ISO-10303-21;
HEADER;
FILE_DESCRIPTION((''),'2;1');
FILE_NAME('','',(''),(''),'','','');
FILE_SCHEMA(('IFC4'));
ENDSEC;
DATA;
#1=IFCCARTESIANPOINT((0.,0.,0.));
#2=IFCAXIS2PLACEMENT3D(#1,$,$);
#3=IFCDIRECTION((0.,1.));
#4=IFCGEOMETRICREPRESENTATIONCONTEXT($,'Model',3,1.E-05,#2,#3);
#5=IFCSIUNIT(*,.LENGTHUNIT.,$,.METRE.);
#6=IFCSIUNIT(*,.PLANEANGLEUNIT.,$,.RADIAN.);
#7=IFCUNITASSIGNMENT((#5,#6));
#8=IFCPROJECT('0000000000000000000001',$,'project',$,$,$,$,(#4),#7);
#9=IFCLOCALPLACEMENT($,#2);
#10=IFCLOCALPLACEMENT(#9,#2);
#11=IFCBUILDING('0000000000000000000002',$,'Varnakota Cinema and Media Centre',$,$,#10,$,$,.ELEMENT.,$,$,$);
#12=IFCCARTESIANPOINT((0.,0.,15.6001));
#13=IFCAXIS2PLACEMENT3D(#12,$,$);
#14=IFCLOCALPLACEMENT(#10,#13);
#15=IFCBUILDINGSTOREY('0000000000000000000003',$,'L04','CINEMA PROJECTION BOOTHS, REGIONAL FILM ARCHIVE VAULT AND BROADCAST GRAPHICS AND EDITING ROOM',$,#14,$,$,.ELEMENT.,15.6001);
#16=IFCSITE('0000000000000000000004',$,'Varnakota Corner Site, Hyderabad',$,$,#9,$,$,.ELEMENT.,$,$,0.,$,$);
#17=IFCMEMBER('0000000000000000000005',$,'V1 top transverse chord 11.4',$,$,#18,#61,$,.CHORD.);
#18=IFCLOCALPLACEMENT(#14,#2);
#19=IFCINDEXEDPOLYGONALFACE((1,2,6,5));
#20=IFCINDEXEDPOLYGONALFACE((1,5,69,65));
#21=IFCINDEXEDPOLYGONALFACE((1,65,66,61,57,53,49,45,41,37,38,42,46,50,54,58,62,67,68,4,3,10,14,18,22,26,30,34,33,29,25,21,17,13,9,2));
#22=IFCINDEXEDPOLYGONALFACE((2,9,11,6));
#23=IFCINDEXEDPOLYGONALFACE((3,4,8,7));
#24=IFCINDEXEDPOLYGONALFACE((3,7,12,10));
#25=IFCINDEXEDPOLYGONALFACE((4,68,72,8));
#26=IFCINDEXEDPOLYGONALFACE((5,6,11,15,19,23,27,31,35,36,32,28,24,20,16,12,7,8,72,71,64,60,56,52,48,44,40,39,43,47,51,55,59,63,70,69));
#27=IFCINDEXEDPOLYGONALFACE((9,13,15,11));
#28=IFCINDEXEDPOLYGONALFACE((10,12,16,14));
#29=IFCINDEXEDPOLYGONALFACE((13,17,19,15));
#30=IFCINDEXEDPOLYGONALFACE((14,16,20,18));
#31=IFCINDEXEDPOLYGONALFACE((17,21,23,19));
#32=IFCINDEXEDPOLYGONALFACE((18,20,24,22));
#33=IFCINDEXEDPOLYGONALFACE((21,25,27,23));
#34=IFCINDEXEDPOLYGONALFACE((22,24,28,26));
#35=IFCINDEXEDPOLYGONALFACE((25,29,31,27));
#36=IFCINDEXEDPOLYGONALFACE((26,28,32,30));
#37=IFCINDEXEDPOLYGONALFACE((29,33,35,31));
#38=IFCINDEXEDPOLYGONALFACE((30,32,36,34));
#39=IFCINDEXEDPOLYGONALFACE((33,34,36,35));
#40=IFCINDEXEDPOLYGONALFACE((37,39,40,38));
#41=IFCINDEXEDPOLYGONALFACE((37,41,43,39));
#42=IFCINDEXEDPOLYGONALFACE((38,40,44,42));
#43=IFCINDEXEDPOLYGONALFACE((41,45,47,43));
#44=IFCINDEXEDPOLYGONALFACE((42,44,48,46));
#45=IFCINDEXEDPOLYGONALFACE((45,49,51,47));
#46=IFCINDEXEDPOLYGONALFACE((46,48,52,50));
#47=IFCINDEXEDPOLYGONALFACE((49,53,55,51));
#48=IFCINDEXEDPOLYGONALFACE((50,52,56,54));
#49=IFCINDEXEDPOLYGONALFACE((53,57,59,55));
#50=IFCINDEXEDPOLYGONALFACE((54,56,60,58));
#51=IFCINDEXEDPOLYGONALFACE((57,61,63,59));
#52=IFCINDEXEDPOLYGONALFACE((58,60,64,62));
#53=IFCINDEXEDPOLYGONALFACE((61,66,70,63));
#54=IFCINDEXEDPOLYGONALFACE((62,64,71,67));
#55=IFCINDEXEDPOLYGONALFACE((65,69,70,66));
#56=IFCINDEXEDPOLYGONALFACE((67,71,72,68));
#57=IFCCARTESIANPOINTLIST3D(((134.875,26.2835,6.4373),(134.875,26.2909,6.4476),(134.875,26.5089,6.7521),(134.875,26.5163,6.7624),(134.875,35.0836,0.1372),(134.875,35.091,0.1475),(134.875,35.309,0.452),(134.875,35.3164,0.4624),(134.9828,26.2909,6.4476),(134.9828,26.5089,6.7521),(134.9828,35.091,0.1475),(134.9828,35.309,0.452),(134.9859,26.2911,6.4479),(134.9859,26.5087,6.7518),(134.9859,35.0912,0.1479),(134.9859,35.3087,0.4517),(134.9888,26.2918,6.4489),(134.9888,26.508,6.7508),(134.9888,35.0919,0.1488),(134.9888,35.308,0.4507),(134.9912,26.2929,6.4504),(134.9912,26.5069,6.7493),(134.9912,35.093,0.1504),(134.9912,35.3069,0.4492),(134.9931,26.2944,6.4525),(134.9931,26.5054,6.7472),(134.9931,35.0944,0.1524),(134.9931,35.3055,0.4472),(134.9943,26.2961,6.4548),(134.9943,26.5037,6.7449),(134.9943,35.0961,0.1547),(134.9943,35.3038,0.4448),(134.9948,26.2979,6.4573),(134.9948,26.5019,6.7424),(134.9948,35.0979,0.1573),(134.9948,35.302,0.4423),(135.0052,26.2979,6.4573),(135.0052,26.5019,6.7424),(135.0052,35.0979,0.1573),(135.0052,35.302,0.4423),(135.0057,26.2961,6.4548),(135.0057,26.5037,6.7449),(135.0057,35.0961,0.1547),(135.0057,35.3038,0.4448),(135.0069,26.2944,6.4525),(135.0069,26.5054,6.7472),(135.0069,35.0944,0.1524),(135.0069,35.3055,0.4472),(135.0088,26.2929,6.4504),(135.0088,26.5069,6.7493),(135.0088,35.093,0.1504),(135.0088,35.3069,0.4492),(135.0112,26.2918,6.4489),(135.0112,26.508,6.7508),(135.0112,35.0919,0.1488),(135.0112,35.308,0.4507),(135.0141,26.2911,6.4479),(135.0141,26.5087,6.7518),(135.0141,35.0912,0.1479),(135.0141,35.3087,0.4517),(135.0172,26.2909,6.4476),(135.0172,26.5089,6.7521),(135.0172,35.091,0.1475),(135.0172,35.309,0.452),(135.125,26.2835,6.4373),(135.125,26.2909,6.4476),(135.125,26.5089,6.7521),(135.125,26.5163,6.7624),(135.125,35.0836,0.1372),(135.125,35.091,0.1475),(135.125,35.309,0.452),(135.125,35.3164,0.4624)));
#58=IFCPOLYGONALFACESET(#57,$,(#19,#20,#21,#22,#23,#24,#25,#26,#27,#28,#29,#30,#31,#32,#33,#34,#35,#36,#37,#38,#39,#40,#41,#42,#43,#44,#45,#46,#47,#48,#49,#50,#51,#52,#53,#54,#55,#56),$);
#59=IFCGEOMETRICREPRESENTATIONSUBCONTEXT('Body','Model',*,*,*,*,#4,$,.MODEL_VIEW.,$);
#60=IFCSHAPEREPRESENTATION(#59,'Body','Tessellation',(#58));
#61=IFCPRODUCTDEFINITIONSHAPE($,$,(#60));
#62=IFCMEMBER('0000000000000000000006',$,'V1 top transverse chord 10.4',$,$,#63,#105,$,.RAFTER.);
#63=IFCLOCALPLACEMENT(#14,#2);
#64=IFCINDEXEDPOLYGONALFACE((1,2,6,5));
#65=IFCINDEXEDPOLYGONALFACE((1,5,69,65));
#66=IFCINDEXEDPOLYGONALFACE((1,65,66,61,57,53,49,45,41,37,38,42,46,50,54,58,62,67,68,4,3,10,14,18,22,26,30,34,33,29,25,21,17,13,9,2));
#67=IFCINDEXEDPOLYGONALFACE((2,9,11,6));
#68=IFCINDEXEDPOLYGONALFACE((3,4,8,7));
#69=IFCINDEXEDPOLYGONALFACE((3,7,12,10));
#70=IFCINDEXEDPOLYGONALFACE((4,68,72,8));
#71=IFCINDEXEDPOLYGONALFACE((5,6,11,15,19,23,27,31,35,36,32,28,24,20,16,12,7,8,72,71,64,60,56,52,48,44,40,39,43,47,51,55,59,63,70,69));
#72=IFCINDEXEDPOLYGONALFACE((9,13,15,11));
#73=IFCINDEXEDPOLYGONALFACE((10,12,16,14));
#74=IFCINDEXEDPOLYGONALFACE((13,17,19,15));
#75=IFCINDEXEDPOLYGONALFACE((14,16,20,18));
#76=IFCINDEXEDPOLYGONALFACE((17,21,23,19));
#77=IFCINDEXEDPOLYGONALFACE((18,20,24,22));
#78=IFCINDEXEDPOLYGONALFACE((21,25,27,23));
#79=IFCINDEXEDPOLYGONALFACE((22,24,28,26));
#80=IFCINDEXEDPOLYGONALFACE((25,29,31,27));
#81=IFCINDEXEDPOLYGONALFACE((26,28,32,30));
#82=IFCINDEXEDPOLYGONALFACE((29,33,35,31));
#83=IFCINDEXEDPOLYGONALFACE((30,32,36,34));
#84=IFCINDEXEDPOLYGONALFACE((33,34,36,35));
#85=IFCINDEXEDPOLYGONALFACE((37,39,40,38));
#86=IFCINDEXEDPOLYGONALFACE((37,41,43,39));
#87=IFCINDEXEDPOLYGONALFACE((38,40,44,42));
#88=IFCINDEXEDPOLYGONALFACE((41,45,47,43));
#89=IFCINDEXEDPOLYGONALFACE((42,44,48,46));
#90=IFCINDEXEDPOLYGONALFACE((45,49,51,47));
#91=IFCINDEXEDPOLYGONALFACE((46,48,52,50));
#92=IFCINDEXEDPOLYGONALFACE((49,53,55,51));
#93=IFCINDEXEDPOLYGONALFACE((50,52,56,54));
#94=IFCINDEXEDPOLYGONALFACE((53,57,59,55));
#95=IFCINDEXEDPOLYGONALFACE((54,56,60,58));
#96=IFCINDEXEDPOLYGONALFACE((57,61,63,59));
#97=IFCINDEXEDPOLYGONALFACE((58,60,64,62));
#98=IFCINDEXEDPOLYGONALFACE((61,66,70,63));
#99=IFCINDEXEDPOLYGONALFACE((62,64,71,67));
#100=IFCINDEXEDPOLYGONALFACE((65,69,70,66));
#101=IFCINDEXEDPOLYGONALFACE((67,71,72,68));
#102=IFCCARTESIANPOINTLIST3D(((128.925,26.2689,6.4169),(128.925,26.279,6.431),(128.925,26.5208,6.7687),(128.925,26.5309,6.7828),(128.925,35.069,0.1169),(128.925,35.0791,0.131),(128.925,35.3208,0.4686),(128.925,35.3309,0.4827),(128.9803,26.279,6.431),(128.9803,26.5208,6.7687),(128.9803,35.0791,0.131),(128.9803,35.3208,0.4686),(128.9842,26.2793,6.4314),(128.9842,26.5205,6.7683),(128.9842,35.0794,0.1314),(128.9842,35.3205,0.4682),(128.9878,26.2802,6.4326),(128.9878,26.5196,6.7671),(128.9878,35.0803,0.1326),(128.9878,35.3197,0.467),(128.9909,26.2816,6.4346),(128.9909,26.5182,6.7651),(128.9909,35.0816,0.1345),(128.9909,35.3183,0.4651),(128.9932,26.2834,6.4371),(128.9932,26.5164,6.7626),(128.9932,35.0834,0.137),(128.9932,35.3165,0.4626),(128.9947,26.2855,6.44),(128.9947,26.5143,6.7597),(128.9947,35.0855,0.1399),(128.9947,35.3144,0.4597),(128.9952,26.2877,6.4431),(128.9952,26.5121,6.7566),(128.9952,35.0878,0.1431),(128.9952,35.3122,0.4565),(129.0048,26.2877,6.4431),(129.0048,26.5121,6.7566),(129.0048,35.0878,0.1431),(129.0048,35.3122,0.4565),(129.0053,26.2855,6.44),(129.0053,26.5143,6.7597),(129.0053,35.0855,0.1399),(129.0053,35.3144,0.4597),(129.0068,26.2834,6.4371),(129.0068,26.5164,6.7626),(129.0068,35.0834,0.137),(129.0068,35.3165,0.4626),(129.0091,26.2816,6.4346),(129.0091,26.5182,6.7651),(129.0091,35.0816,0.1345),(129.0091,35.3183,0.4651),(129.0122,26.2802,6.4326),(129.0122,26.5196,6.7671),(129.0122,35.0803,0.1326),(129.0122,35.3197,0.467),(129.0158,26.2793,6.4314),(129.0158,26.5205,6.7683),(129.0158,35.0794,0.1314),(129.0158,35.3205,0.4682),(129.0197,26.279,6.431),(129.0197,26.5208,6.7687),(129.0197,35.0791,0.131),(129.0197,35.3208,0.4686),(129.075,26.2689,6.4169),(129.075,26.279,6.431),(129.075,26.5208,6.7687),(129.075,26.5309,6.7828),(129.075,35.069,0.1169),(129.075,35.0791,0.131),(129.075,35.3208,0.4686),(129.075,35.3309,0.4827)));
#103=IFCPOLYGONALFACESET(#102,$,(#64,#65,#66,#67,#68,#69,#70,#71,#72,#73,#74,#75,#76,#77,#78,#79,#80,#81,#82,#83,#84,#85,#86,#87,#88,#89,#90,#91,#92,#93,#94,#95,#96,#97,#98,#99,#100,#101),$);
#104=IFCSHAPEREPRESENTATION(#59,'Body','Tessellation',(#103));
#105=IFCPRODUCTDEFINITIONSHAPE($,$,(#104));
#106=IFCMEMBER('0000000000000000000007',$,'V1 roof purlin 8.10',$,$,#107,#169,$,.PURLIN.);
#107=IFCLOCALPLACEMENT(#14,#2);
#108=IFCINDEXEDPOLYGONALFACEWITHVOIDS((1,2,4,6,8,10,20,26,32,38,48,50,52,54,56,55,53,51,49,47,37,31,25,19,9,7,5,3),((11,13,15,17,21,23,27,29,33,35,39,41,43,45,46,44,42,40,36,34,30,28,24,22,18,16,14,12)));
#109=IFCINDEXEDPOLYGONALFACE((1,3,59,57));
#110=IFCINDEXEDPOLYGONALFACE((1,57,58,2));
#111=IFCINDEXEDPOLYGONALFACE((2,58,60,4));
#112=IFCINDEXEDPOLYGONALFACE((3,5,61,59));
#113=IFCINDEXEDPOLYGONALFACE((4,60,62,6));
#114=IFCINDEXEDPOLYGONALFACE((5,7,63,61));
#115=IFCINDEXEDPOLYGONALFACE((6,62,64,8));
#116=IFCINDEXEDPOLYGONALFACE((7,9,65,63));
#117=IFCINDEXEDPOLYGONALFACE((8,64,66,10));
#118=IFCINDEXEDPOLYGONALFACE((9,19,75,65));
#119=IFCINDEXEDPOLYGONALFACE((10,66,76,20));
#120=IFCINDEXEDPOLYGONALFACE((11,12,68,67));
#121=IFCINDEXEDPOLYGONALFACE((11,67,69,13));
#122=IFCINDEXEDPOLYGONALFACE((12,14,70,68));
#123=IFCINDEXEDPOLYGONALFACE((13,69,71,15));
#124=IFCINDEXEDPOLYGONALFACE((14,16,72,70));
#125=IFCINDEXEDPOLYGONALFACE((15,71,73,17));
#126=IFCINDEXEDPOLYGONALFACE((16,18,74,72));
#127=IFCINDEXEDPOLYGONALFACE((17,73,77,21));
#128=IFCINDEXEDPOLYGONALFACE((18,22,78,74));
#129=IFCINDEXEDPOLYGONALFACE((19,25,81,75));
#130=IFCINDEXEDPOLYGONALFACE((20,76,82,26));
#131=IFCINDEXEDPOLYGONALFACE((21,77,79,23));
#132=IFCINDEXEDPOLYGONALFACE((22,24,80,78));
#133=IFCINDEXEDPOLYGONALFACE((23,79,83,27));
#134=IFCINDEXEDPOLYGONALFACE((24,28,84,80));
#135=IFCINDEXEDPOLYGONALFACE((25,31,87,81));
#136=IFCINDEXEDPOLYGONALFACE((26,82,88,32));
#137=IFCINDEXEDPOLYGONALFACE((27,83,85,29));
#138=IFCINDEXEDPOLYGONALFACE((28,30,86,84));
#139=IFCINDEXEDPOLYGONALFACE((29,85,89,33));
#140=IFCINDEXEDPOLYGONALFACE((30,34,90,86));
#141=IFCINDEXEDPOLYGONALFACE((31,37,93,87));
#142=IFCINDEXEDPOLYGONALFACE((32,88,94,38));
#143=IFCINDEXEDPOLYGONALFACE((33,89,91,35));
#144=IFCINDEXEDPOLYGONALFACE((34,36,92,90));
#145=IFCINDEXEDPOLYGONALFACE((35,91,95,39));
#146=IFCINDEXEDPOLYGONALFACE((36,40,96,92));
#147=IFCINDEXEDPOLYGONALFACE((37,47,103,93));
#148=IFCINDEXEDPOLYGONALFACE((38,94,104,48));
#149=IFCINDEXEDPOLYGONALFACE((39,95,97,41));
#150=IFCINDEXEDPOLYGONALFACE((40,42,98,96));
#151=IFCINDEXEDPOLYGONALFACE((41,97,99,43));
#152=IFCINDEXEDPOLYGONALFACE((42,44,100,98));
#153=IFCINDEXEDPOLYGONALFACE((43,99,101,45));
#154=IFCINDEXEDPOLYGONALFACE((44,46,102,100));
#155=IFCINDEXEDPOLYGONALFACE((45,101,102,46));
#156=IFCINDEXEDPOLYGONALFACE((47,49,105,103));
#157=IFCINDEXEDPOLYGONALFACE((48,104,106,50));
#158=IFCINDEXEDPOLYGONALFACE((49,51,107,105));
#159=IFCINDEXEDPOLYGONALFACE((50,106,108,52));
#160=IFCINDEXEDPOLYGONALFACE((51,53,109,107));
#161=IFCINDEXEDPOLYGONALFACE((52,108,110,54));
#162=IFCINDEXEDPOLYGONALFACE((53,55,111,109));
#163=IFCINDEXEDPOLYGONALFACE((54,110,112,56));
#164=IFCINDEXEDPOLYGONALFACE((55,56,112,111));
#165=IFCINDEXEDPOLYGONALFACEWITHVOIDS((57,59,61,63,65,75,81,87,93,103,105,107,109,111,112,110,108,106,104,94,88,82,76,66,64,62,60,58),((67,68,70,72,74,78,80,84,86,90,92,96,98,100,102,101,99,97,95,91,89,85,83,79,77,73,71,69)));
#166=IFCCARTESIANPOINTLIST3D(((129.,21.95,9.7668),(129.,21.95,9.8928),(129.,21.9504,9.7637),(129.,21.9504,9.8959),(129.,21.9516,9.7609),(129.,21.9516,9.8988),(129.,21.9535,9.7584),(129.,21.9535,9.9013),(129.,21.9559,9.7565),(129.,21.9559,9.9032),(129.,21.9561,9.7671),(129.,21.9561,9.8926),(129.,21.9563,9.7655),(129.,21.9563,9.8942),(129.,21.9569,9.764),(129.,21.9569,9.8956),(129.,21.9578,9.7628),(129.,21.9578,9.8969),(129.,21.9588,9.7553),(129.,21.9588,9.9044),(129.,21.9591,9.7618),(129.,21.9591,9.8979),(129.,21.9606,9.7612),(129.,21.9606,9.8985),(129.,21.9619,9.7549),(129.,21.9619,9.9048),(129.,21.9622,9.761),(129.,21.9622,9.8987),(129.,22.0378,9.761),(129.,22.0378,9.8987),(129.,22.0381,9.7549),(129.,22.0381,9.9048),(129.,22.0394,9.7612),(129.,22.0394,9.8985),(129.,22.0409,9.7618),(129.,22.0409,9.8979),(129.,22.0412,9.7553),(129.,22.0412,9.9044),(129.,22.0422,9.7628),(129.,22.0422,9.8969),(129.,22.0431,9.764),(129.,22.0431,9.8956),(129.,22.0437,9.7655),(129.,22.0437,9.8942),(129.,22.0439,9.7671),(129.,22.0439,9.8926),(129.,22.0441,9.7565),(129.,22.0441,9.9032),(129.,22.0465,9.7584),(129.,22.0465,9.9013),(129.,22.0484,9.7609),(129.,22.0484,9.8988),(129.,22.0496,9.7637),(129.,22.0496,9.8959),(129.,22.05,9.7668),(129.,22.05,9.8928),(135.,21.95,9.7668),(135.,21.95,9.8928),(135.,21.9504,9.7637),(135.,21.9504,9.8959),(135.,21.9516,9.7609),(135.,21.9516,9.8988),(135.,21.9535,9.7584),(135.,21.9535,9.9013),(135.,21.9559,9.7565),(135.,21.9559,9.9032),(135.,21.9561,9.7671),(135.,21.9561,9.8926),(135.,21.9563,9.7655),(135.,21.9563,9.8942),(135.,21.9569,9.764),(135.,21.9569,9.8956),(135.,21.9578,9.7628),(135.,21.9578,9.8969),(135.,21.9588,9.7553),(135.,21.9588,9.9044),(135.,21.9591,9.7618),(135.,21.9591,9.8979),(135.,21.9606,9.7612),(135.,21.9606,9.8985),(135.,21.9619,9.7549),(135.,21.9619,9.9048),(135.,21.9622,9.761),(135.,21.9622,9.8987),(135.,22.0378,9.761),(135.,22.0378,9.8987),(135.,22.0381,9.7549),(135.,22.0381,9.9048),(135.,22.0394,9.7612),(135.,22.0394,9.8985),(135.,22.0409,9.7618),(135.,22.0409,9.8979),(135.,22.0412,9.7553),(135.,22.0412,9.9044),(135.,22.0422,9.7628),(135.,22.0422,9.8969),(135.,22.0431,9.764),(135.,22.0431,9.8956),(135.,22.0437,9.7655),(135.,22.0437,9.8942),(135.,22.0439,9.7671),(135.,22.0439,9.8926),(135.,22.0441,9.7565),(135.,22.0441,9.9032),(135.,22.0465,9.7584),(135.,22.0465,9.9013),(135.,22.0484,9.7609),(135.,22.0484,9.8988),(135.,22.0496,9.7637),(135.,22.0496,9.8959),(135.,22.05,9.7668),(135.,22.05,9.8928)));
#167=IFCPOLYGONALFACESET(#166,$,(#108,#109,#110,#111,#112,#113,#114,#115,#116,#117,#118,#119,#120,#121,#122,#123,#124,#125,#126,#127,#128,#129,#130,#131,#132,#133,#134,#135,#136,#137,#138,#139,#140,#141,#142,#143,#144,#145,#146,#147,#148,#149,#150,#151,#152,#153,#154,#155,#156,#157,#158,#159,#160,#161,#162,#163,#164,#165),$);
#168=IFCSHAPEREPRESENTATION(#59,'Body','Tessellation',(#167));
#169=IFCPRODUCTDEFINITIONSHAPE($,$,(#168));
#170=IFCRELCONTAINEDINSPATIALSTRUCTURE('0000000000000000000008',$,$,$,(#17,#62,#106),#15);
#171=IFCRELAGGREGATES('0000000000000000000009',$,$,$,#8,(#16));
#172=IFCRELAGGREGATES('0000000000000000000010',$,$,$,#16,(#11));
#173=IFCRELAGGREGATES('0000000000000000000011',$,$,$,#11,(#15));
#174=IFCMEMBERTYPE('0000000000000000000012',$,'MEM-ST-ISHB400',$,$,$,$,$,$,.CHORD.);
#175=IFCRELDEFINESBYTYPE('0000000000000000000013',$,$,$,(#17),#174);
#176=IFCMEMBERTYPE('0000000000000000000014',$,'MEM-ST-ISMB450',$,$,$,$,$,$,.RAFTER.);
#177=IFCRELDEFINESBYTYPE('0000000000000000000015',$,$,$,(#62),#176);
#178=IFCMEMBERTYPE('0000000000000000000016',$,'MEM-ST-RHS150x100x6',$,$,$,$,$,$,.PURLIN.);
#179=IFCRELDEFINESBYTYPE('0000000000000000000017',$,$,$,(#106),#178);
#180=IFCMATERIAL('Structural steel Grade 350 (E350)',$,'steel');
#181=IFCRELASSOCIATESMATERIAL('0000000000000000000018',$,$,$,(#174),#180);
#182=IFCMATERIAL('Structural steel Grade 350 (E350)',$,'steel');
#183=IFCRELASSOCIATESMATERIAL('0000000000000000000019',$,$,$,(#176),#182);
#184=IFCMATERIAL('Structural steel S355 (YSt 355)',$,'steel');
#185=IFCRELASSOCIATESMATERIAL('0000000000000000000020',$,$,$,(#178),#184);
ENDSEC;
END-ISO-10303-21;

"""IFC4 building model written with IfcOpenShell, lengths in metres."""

from ifc_helpers import new_model, si_unit, direction, frame, origin, origin_2d, place, context, subcontext, project, spatial, hollow_rectangle, i_section, extrude, material, material_profile, profile_set, type_object, element, save


model = new_model("IFC4")

# Units and contexts
model_context = context("Model", 3, precision=1e-05, world=origin(), true_north=direction((0.0, 1.0)))
body_context = subcontext(model_context, "Body", "Model", "MODEL_VIEW")
ifc_project = project(units=[si_unit("LENGTHUNIT", "METRE"), si_unit("PLANEANGLEUNIT", "RADIAN")], contexts=[model_context])

# Site, building, storey
site_placement = place(None, origin())
site = spatial("IfcSite", under=ifc_project, at=site_placement, Name="Varnakota Corner Site, Hyderabad", CompositionType="ELEMENT", RefElevation=0.0)
building_placement = place(site_placement, origin())
building = spatial("IfcBuilding", under=site, at=building_placement, Name="Varnakota Cinema and Media Centre", CompositionType="ELEMENT")
storey_placement = place(building_placement, frame((0.0, 0.0, 15.6001)))
storey = spatial("IfcBuildingStorey", under=building, at=storey_placement, Name="L04", Description="CINEMA PROJECTION BOOTHS, REGIONAL FILM ARCHIVE VAULT AND BROADCAST GRAPHICS AND EDITING ROOM", CompositionType="ELEMENT", Elevation=15.6001)

# Members
ifc_material_1 = material(Name="Structural steel Grade 350 (E350)", Category="steel")
ifc_material_profile_1 = material_profile(ifc_material_1, i_section(OverallWidth=0.25, OverallDepth=0.3999, WebThickness=0.0105, FlangeThickness=0.0127, FilletRadius=0.012, at=origin_2d()), Name="ISHB 400")
ifc_profile_set_1 = profile_set([ifc_material_profile_1], Name="Structural steel Grade 350 (E350)")
member_type_1 = type_object("IfcMemberType", Name="MEM-ST-ISHB400", PredefinedType="CHORD", material=ifc_profile_set_1)
member_1_placement = place(storey_placement, frame((135.0, 26.3999, 6.5999), z_axis=(0.0, 0.813108, -0.582113), x_axis=(-1.0, 0.0, 0.0)))
element("IfcMember", 1, at=member_1_placement, inside=storey, type_object=member_type_1, Name="V1 top transverse chord 11.4", PredefinedType="CHORD", context=body_context, shape_type="SweptSolid", body=[
    extrude(i_section(OverallWidth=0.25, OverallDepth=0.3999, WebThickness=0.0105, FlangeThickness=0.0127, FilletRadius=0.012, at=origin_2d()), origin(), (0.0, 0.0, 1.0), 10.8228),
])
ifc_material_2 = material(Name="Structural steel Grade 350 (E350)", Category="steel")
ifc_material_profile_2 = material_profile(ifc_material_2, i_section(OverallWidth=0.1499, OverallDepth=0.45, WebThickness=0.0095, FlangeThickness=0.0173, FilletRadius=0.0149, at=origin_2d()), Name="ISMB 450")
ifc_profile_set_2 = profile_set([ifc_material_profile_2], Name="Structural steel Grade 350 (E350)")
member_type_2 = type_object("IfcMemberType", Name="MEM-ST-ISMB450", PredefinedType="RAFTER", material=ifc_profile_set_2)
member_2_placement = place(storey_placement, frame((129.0, 26.3999, 6.5999), z_axis=(0.0, 0.813108, -0.582113), x_axis=(-1.0, 0.0, 0.0)))
element("IfcMember", 2, at=member_2_placement, inside=storey, type_object=member_type_2, Name="V1 top transverse chord 10.4", PredefinedType="RAFTER", context=body_context, shape_type="SweptSolid", body=[
    extrude(i_section(OverallWidth=0.1499, OverallDepth=0.45, WebThickness=0.0095, FlangeThickness=0.0173, FilletRadius=0.0149, at=origin_2d()), origin(), (0.0, 0.0, 1.0), 10.8228),
])
ifc_material_3 = material(Name="Structural steel S355 (YSt 355)", Category="steel")
ifc_material_profile_3 = material_profile(ifc_material_3, hollow_rectangle(XDim=0.1001, YDim=0.1499, WallThickness=0.0061, InnerFilletRadius=0.0061, OuterFilletRadius=0.012, at=origin_2d()), Name="RHS 150x100x6")
ifc_profile_set_3 = profile_set([ifc_material_profile_3], Name="Structural steel S355 (YSt 355)")
member_type_3 = type_object("IfcMemberType", Name="MEM-ST-RHS150x100x6", PredefinedType="PURLIN", material=ifc_profile_set_3)
member_3_placement = place(storey_placement, frame((129.0, 22.0, 9.8298), z_axis=(1.0, 0.0, 0.0), x_axis=(0.0, 1.0, 0.0)))
element("IfcMember", 3, at=member_3_placement, inside=storey, type_object=member_type_3, Name="V1 roof purlin 8.10", PredefinedType="PURLIN", context=body_context, shape_type="SweptSolid", body=[
    extrude(hollow_rectangle(XDim=0.1001, YDim=0.1499, WallThickness=0.0061, InnerFilletRadius=0.0061, OuterFilletRadius=0.012, at=origin_2d()), origin(), (0.0, 0.0, 1.0), 6.0),
])

save(model, "model.ifc")
